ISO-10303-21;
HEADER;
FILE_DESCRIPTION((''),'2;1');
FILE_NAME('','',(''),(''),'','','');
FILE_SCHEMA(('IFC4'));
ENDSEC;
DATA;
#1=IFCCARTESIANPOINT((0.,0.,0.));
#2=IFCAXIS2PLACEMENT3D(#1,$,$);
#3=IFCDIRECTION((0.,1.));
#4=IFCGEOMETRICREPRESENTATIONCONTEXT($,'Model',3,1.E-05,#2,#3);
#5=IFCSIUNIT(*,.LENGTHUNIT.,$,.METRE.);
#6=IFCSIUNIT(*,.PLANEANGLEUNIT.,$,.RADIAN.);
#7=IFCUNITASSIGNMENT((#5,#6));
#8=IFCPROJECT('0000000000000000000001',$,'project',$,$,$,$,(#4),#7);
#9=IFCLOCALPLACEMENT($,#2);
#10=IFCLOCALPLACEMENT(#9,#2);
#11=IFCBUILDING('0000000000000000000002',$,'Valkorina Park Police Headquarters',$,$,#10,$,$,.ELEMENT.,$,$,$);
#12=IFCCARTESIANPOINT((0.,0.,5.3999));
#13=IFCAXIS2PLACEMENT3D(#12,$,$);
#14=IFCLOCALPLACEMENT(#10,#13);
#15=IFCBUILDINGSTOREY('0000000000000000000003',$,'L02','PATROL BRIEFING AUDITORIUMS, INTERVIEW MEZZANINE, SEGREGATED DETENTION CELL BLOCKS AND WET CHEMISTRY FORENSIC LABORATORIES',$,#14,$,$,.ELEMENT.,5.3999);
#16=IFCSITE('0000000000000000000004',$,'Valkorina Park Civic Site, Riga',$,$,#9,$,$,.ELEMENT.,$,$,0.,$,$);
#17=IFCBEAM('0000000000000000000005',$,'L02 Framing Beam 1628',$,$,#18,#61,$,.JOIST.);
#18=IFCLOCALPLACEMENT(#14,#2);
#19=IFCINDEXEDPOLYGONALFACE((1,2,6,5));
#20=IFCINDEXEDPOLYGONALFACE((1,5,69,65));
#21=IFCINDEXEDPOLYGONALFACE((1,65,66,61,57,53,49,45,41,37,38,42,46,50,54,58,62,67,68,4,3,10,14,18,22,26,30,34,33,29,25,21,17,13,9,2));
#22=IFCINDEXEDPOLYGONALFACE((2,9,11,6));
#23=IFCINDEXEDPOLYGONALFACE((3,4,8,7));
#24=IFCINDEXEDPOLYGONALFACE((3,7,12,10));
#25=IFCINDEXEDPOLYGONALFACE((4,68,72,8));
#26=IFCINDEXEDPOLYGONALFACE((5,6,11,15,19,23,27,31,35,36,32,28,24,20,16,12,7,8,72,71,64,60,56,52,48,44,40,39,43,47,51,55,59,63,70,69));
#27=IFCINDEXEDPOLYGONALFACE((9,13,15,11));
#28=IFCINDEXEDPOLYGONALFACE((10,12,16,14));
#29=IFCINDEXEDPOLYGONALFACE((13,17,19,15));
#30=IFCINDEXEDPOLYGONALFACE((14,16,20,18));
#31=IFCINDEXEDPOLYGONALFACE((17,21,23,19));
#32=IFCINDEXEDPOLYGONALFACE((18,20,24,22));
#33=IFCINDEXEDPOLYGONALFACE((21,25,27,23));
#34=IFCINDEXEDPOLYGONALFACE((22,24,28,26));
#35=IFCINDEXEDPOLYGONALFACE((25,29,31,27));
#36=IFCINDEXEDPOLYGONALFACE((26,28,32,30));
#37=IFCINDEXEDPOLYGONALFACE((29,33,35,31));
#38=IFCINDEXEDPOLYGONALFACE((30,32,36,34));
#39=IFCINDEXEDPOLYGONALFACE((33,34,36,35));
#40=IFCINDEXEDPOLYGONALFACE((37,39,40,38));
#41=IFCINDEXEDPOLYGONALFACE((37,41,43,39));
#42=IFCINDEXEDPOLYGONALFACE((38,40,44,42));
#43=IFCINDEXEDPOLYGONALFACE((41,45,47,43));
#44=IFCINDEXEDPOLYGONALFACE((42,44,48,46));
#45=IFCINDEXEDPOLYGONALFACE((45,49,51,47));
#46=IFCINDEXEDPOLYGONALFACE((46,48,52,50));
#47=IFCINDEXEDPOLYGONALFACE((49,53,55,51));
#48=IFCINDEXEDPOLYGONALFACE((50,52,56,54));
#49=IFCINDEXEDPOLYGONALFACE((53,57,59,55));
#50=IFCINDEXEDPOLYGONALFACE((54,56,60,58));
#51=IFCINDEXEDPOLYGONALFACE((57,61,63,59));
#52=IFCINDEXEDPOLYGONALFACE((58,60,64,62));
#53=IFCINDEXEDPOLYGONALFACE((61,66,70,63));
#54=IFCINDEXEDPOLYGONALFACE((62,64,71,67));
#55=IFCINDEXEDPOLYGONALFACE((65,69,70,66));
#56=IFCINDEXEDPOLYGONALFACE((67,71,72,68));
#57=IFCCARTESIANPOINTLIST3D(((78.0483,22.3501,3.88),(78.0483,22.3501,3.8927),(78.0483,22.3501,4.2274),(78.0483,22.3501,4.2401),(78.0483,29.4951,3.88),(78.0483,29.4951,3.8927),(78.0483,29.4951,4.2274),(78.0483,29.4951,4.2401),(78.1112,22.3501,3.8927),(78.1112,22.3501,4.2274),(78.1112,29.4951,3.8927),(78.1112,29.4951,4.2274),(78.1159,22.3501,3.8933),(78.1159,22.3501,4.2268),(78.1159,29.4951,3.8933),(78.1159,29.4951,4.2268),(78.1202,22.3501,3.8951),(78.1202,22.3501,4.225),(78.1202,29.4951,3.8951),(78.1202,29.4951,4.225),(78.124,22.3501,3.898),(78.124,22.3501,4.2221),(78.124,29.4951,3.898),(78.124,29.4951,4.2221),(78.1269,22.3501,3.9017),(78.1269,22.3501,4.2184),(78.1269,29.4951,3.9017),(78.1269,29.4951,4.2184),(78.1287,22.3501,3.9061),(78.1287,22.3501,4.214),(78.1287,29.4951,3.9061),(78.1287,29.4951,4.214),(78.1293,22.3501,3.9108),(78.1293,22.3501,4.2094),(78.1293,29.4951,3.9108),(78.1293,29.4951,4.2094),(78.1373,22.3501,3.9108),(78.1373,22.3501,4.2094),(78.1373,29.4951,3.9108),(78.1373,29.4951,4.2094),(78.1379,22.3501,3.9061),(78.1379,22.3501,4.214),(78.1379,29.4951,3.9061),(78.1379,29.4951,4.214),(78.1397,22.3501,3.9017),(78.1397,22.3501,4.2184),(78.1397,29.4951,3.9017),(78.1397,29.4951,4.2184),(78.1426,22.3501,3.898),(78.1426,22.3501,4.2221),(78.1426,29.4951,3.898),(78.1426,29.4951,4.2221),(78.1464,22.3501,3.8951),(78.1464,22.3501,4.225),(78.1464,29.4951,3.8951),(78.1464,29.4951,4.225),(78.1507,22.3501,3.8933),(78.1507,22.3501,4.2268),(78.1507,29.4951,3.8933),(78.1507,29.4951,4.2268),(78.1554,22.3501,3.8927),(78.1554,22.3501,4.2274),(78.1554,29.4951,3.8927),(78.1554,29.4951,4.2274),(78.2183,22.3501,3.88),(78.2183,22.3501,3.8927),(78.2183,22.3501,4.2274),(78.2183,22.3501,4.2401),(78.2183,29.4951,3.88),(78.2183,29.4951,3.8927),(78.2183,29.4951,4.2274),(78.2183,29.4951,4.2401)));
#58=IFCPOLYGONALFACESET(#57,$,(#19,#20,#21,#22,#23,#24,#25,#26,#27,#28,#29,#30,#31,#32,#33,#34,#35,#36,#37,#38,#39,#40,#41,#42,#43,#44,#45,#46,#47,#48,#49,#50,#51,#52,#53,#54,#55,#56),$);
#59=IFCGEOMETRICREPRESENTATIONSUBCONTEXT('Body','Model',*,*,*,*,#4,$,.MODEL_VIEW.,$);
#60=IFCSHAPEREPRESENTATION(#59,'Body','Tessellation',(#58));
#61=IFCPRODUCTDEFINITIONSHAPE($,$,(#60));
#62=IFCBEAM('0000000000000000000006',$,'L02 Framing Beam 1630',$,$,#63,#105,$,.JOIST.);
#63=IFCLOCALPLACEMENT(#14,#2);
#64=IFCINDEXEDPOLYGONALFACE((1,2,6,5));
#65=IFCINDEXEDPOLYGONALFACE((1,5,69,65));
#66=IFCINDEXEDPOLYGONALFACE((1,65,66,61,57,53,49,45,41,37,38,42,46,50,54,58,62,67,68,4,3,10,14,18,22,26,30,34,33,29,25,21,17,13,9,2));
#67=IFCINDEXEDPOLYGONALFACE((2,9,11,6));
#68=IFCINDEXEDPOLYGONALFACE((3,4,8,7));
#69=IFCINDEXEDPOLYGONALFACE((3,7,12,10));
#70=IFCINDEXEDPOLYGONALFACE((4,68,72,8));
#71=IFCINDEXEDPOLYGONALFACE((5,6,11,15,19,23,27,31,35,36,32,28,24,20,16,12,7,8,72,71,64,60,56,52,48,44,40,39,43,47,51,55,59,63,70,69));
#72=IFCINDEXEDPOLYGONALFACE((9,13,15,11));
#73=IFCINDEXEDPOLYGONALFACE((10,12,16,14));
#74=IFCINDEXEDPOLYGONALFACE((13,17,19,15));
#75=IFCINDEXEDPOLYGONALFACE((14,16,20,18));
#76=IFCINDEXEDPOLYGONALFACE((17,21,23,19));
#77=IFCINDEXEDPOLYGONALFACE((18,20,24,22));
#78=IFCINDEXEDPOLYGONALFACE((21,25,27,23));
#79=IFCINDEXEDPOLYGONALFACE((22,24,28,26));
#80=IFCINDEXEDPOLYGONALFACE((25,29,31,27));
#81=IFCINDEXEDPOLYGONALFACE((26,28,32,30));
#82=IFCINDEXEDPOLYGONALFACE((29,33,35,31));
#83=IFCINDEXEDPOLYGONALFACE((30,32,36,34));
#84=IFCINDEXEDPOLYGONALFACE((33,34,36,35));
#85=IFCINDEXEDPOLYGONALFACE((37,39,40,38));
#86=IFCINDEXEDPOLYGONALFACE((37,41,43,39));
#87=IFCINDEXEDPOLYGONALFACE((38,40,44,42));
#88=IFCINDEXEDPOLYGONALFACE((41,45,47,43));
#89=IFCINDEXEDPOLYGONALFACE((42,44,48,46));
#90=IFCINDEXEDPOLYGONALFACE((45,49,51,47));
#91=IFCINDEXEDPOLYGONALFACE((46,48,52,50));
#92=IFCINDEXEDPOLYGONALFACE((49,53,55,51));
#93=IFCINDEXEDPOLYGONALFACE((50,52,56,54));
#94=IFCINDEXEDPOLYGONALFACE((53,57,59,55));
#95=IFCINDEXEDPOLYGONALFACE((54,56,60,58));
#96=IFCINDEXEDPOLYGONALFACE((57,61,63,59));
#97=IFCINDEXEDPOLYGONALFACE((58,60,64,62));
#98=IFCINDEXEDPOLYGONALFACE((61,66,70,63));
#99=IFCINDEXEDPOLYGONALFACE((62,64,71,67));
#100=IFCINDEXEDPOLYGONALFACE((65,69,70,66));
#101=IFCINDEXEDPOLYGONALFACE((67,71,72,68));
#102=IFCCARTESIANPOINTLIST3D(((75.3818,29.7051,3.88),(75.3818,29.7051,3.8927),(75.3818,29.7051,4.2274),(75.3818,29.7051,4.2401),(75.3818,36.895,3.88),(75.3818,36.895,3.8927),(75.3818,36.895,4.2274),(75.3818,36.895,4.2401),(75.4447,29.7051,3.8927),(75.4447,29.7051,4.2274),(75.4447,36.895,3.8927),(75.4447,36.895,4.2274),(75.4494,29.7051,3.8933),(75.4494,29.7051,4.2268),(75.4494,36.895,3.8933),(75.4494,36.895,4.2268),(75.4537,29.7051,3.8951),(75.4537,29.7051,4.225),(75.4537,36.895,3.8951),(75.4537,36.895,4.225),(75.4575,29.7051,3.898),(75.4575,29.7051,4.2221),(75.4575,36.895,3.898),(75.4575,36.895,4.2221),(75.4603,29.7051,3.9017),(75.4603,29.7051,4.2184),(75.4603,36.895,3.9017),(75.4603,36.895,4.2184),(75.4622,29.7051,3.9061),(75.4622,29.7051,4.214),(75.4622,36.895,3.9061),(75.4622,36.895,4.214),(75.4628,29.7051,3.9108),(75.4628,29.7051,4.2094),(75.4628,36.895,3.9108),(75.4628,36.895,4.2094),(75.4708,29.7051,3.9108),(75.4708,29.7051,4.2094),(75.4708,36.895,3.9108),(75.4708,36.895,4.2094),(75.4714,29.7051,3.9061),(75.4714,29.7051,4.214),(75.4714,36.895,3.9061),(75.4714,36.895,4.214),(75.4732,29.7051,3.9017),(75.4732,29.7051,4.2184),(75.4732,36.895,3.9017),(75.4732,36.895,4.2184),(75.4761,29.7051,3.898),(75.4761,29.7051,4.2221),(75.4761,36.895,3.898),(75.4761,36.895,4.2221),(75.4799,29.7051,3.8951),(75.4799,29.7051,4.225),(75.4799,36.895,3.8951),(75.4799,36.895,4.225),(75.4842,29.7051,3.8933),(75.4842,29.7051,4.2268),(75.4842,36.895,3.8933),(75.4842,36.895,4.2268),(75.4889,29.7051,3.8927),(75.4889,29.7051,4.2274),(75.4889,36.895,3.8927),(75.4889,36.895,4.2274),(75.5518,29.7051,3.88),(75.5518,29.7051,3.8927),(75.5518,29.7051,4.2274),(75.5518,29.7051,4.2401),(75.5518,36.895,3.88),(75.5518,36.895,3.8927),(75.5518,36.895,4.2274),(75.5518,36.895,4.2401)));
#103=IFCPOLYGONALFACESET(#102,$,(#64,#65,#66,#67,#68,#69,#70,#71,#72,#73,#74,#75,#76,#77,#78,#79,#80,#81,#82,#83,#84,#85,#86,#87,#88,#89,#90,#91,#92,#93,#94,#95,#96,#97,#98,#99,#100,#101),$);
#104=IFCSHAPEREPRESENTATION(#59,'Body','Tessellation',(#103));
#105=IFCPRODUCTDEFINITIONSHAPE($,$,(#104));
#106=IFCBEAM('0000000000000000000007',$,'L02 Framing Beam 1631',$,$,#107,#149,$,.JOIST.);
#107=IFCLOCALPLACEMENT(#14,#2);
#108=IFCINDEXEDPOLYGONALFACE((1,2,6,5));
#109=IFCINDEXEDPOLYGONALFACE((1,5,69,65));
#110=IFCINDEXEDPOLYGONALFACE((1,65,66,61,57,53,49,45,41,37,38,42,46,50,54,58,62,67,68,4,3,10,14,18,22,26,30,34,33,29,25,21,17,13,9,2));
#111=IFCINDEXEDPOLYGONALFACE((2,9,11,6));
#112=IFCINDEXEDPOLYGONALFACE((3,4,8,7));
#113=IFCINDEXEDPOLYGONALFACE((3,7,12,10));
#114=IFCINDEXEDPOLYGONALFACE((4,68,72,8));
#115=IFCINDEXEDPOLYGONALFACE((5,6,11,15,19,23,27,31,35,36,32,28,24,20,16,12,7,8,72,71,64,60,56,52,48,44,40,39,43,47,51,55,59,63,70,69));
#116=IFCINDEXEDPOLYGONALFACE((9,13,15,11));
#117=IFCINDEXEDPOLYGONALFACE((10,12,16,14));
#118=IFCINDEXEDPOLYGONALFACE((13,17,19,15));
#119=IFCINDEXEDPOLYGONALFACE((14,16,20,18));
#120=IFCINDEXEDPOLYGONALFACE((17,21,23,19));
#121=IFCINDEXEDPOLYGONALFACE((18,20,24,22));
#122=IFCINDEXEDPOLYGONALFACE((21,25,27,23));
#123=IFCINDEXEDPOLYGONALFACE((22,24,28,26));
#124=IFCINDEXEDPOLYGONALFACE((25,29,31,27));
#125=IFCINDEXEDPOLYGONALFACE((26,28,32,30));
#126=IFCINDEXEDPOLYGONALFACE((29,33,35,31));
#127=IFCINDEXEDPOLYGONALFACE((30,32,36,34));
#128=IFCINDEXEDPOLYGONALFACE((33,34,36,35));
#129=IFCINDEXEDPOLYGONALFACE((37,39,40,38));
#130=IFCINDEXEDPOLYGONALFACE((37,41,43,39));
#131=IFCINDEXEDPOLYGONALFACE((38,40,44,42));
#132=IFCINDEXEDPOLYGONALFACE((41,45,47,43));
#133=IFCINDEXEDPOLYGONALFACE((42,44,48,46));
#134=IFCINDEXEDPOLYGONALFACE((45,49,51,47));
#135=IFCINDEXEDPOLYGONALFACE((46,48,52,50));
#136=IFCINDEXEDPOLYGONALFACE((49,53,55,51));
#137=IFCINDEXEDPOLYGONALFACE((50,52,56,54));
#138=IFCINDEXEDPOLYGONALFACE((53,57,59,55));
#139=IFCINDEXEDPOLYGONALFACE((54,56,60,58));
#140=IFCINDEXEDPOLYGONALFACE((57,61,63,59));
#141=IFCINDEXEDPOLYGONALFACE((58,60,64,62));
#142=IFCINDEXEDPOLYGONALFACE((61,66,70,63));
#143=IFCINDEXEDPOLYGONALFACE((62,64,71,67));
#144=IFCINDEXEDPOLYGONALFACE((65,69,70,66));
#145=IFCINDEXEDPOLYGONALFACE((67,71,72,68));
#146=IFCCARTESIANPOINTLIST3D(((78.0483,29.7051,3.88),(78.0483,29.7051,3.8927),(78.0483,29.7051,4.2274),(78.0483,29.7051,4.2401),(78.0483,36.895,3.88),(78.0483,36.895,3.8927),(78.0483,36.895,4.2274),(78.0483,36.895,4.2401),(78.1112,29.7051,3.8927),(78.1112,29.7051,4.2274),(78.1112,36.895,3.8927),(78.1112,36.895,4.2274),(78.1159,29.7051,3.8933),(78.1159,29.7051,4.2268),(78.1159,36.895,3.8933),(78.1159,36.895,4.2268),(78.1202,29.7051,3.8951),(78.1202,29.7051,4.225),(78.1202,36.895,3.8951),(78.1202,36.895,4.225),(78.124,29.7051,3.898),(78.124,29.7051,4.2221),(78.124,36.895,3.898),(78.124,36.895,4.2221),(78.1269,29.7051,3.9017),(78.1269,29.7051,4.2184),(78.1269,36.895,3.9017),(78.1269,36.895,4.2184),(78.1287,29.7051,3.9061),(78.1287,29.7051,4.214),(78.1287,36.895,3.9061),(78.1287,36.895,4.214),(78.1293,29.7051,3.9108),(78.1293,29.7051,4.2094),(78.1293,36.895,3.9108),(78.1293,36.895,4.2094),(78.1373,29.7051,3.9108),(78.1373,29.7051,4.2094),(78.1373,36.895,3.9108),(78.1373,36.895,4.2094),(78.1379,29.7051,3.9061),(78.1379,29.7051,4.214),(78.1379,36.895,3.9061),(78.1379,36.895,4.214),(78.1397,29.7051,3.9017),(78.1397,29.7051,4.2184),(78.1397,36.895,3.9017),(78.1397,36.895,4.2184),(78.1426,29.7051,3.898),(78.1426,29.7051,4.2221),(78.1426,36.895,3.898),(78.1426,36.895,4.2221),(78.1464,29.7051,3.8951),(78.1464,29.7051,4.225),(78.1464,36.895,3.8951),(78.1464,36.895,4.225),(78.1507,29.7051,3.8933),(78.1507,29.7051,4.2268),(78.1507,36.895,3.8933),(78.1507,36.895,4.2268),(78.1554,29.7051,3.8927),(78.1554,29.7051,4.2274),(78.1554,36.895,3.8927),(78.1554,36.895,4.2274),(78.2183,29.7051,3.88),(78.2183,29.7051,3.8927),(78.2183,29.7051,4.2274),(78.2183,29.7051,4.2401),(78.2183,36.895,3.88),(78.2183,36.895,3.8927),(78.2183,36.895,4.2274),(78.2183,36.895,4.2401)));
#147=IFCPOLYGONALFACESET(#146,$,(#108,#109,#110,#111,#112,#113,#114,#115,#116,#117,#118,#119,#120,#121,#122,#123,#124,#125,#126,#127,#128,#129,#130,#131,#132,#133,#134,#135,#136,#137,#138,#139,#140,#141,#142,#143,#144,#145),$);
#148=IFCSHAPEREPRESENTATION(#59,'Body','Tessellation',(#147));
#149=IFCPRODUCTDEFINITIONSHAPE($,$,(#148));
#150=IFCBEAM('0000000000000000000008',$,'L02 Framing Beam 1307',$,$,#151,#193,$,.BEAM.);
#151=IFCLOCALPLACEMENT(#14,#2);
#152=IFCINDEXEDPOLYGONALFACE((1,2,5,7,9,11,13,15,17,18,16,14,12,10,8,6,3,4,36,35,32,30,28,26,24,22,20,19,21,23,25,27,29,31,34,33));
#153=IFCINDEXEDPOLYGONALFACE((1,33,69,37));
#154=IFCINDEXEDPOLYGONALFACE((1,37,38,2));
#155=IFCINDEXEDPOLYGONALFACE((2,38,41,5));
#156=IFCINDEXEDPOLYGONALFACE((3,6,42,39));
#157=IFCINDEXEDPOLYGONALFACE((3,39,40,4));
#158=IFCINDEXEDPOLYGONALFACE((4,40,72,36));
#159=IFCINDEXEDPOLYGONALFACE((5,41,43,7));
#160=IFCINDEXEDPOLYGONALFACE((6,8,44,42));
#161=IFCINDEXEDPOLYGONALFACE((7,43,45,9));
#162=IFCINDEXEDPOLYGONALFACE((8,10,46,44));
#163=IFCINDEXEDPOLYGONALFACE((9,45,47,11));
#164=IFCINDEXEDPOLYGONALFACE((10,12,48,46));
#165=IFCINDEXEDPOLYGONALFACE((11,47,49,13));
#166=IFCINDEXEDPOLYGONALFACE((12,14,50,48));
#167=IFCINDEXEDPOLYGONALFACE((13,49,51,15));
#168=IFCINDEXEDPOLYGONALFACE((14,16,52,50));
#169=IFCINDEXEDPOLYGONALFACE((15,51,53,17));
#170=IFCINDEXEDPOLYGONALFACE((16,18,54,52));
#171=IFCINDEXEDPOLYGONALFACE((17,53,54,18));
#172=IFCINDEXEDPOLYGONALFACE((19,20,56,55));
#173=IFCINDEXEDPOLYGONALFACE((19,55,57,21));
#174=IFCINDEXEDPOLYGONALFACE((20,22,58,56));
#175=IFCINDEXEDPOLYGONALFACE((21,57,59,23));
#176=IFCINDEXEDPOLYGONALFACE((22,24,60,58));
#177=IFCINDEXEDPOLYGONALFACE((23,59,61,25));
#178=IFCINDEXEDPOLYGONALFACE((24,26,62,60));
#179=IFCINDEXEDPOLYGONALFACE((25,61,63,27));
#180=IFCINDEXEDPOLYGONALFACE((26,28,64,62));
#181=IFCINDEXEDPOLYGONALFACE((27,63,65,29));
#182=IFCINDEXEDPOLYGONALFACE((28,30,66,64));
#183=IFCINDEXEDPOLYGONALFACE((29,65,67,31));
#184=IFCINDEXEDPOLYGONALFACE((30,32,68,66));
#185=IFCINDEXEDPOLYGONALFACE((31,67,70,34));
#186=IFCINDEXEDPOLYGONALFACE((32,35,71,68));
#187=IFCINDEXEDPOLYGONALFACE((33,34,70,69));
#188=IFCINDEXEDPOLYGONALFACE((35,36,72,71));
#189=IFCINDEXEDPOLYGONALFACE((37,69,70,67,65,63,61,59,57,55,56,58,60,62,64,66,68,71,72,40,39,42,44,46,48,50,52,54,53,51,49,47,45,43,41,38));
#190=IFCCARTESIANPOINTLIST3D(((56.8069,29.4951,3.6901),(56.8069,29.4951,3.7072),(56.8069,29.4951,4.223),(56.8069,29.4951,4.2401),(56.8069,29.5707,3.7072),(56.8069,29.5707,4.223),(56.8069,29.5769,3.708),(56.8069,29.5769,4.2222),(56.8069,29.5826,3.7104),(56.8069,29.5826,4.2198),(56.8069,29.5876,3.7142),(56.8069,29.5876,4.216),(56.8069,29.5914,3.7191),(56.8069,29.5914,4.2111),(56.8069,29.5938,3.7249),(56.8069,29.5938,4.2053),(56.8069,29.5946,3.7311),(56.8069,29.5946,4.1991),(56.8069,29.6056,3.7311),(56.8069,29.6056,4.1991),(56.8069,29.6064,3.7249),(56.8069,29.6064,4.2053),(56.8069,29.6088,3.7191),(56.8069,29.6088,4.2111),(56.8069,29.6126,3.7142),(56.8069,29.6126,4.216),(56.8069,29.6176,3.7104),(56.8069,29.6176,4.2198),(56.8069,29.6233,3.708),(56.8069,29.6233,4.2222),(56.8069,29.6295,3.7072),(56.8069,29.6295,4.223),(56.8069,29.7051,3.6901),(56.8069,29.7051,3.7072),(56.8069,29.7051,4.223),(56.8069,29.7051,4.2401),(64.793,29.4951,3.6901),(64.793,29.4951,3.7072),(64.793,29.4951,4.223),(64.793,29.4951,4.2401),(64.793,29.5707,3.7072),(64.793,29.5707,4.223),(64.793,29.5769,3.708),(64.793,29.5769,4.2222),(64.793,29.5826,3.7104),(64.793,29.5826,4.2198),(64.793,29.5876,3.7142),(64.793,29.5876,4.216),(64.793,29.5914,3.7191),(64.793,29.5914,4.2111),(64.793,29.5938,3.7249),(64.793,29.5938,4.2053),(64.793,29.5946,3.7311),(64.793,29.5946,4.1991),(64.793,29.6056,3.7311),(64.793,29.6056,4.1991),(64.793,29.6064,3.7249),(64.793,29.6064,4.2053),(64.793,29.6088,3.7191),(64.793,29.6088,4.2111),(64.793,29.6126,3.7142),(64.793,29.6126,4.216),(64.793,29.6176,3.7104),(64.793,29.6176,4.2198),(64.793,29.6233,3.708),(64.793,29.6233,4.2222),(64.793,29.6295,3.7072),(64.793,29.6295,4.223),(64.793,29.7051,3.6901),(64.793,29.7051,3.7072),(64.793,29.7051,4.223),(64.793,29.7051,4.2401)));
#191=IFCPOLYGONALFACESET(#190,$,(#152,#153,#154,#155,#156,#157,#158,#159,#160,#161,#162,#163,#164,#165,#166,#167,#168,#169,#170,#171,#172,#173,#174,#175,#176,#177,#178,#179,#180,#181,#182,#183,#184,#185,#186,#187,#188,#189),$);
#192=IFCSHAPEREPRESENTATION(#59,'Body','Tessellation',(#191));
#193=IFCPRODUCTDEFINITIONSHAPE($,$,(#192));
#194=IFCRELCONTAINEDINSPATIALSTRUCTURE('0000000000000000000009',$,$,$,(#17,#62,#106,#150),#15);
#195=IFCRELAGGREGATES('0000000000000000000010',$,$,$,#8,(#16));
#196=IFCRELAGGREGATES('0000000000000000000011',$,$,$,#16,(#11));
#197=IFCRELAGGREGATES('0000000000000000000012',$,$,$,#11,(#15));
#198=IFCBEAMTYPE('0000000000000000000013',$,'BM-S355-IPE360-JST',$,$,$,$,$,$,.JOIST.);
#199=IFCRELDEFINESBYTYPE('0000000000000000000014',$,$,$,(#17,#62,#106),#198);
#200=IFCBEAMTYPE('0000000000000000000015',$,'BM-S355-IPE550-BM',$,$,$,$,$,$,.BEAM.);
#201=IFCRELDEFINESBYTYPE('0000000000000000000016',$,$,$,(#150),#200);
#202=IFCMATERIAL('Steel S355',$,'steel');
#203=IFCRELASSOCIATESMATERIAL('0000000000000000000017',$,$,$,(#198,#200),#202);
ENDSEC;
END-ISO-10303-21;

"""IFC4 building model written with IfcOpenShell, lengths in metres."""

from ifc_helpers import new_model, si_unit, direction, frame, origin, origin_2d, place, context, subcontext, project, spatial, i_section, extrude, material, material_profile, profile_set, type_object, element, save


model = new_model("IFC4")

# Units and contexts
model_context = context("Model", 3, precision=1e-05, world=origin(), true_north=direction((0.0, 1.0)))
body_context = subcontext(model_context, "Body", "Model", "MODEL_VIEW")
ifc_project = project(units=[si_unit("LENGTHUNIT", "METRE"), si_unit("PLANEANGLEUNIT", "RADIAN")], contexts=[model_context])

# Site, building, storey
site_placement = place(None, origin())
site = spatial("IfcSite", under=ifc_project, at=site_placement, Name="Valkorina Park Civic Site, Riga", CompositionType="ELEMENT", RefElevation=0.0)
building_placement = place(site_placement, origin())
building = spatial("IfcBuilding", under=site, at=building_placement, Name="Valkorina Park Police Headquarters", CompositionType="ELEMENT")
storey_placement = place(building_placement, frame((0.0, 0.0, 5.3999)))
storey = spatial("IfcBuildingStorey", under=building, at=storey_placement, Name="L02", Description="PATROL BRIEFING AUDITORIUMS, INTERVIEW MEZZANINE, SEGREGATED DETENTION CELL BLOCKS AND WET CHEMISTRY FORENSIC LABORATORIES", CompositionType="ELEMENT", Elevation=5.3999)

# Shared definitions
ifc_material_1 = material(Name="Steel S355", Category="steel")

# Beams
ifc_material_profile_1 = material_profile(ifc_material_1, i_section(OverallWidth=0.1699, OverallDepth=0.3601, WebThickness=0.0081, FlangeThickness=0.0127, FilletRadius=0.0181, at=origin_2d()), Name="IPE 360")
ifc_profile_set_1 = profile_set([ifc_material_profile_1], Name="Steel S355")
beam_type_1 = type_object("IfcBeamType", Name="BM-S355-IPE360-JST", PredefinedType="JOIST", material=ifc_profile_set_1)
for number, where, z_axis, x_axis, name in (
    (1, (78.1333, 22.3501, 4.0601), (0.0, 1.0, 0.0), (-1.0, 0.0, 0.0), "L02 Framing Beam 1628"),
):
    element("IfcBeam", number, at=place(storey_placement, frame(where, z_axis=z_axis, x_axis=x_axis)), inside=storey, type_object=beam_type_1, Name=name, PredefinedType="JOIST", context=body_context, shape_type="SweptSolid", body=[
        extrude(i_section(OverallWidth=0.1699, OverallDepth=0.3601, WebThickness=0.0081, FlangeThickness=0.0127, FilletRadius=0.0181, at=origin_2d()), origin(), (0.0, 0.0, 1.0), 7.145),
    ])
for number, where, z_axis, x_axis, name in (
    (2, (75.4668, 29.7051, 4.0601), (0.0, 1.0, 0.0), (-1.0, 0.0, 0.0), "L02 Framing Beam 1630"),
    (3, (78.1333, 29.7051, 4.0601), (0.0, 1.0, 0.0), (-1.0, 0.0, 0.0), "L02 Framing Beam 1631"),
):
    element("IfcBeam", number, at=place(storey_placement, frame(where, z_axis=z_axis, x_axis=x_axis)), inside=storey, type_object=beam_type_1, Name=name, PredefinedType="JOIST", context=body_context, shape_type="SweptSolid", body=[
        extrude(i_section(OverallWidth=0.1699, OverallDepth=0.3601, WebThickness=0.0081, FlangeThickness=0.0127, FilletRadius=0.0181, at=origin_2d()), origin(), (0.0, 0.0, 1.0), 7.1899),
    ])
ifc_material_profile_2 = material_profile(ifc_material_1, i_section(OverallWidth=0.21, OverallDepth=0.55, WebThickness=0.011, FlangeThickness=0.0171, FilletRadius=0.0239, at=origin_2d()), Name="IPE 550")
ifc_profile_set_2 = profile_set([ifc_material_profile_2], Name="Steel S355")
beam_type_2 = type_object("IfcBeamType", Name="BM-S355-IPE550-BM", PredefinedType="BEAM", material=ifc_profile_set_2)
for number, where, z_axis, x_axis, name in (
    (4, (56.8069, 29.6001, 3.9651), (1.0, 0.0, 0.0), (0.0, 1.0, 0.0), "L02 Framing Beam 1307"),
):
    element("IfcBeam", number, at=place(storey_placement, frame(where, z_axis=z_axis, x_axis=x_axis)), inside=storey, type_object=beam_type_2, Name=name, PredefinedType="BEAM", context=body_context, shape_type="SweptSolid", body=[
        extrude(i_section(OverallWidth=0.21, OverallDepth=0.55, WebThickness=0.011, FlangeThickness=0.0171, FilletRadius=0.0239, at=origin_2d()), origin(), (0.0, 0.0, 1.0), 7.9861),
    ])

save(model, "model.ifc")
